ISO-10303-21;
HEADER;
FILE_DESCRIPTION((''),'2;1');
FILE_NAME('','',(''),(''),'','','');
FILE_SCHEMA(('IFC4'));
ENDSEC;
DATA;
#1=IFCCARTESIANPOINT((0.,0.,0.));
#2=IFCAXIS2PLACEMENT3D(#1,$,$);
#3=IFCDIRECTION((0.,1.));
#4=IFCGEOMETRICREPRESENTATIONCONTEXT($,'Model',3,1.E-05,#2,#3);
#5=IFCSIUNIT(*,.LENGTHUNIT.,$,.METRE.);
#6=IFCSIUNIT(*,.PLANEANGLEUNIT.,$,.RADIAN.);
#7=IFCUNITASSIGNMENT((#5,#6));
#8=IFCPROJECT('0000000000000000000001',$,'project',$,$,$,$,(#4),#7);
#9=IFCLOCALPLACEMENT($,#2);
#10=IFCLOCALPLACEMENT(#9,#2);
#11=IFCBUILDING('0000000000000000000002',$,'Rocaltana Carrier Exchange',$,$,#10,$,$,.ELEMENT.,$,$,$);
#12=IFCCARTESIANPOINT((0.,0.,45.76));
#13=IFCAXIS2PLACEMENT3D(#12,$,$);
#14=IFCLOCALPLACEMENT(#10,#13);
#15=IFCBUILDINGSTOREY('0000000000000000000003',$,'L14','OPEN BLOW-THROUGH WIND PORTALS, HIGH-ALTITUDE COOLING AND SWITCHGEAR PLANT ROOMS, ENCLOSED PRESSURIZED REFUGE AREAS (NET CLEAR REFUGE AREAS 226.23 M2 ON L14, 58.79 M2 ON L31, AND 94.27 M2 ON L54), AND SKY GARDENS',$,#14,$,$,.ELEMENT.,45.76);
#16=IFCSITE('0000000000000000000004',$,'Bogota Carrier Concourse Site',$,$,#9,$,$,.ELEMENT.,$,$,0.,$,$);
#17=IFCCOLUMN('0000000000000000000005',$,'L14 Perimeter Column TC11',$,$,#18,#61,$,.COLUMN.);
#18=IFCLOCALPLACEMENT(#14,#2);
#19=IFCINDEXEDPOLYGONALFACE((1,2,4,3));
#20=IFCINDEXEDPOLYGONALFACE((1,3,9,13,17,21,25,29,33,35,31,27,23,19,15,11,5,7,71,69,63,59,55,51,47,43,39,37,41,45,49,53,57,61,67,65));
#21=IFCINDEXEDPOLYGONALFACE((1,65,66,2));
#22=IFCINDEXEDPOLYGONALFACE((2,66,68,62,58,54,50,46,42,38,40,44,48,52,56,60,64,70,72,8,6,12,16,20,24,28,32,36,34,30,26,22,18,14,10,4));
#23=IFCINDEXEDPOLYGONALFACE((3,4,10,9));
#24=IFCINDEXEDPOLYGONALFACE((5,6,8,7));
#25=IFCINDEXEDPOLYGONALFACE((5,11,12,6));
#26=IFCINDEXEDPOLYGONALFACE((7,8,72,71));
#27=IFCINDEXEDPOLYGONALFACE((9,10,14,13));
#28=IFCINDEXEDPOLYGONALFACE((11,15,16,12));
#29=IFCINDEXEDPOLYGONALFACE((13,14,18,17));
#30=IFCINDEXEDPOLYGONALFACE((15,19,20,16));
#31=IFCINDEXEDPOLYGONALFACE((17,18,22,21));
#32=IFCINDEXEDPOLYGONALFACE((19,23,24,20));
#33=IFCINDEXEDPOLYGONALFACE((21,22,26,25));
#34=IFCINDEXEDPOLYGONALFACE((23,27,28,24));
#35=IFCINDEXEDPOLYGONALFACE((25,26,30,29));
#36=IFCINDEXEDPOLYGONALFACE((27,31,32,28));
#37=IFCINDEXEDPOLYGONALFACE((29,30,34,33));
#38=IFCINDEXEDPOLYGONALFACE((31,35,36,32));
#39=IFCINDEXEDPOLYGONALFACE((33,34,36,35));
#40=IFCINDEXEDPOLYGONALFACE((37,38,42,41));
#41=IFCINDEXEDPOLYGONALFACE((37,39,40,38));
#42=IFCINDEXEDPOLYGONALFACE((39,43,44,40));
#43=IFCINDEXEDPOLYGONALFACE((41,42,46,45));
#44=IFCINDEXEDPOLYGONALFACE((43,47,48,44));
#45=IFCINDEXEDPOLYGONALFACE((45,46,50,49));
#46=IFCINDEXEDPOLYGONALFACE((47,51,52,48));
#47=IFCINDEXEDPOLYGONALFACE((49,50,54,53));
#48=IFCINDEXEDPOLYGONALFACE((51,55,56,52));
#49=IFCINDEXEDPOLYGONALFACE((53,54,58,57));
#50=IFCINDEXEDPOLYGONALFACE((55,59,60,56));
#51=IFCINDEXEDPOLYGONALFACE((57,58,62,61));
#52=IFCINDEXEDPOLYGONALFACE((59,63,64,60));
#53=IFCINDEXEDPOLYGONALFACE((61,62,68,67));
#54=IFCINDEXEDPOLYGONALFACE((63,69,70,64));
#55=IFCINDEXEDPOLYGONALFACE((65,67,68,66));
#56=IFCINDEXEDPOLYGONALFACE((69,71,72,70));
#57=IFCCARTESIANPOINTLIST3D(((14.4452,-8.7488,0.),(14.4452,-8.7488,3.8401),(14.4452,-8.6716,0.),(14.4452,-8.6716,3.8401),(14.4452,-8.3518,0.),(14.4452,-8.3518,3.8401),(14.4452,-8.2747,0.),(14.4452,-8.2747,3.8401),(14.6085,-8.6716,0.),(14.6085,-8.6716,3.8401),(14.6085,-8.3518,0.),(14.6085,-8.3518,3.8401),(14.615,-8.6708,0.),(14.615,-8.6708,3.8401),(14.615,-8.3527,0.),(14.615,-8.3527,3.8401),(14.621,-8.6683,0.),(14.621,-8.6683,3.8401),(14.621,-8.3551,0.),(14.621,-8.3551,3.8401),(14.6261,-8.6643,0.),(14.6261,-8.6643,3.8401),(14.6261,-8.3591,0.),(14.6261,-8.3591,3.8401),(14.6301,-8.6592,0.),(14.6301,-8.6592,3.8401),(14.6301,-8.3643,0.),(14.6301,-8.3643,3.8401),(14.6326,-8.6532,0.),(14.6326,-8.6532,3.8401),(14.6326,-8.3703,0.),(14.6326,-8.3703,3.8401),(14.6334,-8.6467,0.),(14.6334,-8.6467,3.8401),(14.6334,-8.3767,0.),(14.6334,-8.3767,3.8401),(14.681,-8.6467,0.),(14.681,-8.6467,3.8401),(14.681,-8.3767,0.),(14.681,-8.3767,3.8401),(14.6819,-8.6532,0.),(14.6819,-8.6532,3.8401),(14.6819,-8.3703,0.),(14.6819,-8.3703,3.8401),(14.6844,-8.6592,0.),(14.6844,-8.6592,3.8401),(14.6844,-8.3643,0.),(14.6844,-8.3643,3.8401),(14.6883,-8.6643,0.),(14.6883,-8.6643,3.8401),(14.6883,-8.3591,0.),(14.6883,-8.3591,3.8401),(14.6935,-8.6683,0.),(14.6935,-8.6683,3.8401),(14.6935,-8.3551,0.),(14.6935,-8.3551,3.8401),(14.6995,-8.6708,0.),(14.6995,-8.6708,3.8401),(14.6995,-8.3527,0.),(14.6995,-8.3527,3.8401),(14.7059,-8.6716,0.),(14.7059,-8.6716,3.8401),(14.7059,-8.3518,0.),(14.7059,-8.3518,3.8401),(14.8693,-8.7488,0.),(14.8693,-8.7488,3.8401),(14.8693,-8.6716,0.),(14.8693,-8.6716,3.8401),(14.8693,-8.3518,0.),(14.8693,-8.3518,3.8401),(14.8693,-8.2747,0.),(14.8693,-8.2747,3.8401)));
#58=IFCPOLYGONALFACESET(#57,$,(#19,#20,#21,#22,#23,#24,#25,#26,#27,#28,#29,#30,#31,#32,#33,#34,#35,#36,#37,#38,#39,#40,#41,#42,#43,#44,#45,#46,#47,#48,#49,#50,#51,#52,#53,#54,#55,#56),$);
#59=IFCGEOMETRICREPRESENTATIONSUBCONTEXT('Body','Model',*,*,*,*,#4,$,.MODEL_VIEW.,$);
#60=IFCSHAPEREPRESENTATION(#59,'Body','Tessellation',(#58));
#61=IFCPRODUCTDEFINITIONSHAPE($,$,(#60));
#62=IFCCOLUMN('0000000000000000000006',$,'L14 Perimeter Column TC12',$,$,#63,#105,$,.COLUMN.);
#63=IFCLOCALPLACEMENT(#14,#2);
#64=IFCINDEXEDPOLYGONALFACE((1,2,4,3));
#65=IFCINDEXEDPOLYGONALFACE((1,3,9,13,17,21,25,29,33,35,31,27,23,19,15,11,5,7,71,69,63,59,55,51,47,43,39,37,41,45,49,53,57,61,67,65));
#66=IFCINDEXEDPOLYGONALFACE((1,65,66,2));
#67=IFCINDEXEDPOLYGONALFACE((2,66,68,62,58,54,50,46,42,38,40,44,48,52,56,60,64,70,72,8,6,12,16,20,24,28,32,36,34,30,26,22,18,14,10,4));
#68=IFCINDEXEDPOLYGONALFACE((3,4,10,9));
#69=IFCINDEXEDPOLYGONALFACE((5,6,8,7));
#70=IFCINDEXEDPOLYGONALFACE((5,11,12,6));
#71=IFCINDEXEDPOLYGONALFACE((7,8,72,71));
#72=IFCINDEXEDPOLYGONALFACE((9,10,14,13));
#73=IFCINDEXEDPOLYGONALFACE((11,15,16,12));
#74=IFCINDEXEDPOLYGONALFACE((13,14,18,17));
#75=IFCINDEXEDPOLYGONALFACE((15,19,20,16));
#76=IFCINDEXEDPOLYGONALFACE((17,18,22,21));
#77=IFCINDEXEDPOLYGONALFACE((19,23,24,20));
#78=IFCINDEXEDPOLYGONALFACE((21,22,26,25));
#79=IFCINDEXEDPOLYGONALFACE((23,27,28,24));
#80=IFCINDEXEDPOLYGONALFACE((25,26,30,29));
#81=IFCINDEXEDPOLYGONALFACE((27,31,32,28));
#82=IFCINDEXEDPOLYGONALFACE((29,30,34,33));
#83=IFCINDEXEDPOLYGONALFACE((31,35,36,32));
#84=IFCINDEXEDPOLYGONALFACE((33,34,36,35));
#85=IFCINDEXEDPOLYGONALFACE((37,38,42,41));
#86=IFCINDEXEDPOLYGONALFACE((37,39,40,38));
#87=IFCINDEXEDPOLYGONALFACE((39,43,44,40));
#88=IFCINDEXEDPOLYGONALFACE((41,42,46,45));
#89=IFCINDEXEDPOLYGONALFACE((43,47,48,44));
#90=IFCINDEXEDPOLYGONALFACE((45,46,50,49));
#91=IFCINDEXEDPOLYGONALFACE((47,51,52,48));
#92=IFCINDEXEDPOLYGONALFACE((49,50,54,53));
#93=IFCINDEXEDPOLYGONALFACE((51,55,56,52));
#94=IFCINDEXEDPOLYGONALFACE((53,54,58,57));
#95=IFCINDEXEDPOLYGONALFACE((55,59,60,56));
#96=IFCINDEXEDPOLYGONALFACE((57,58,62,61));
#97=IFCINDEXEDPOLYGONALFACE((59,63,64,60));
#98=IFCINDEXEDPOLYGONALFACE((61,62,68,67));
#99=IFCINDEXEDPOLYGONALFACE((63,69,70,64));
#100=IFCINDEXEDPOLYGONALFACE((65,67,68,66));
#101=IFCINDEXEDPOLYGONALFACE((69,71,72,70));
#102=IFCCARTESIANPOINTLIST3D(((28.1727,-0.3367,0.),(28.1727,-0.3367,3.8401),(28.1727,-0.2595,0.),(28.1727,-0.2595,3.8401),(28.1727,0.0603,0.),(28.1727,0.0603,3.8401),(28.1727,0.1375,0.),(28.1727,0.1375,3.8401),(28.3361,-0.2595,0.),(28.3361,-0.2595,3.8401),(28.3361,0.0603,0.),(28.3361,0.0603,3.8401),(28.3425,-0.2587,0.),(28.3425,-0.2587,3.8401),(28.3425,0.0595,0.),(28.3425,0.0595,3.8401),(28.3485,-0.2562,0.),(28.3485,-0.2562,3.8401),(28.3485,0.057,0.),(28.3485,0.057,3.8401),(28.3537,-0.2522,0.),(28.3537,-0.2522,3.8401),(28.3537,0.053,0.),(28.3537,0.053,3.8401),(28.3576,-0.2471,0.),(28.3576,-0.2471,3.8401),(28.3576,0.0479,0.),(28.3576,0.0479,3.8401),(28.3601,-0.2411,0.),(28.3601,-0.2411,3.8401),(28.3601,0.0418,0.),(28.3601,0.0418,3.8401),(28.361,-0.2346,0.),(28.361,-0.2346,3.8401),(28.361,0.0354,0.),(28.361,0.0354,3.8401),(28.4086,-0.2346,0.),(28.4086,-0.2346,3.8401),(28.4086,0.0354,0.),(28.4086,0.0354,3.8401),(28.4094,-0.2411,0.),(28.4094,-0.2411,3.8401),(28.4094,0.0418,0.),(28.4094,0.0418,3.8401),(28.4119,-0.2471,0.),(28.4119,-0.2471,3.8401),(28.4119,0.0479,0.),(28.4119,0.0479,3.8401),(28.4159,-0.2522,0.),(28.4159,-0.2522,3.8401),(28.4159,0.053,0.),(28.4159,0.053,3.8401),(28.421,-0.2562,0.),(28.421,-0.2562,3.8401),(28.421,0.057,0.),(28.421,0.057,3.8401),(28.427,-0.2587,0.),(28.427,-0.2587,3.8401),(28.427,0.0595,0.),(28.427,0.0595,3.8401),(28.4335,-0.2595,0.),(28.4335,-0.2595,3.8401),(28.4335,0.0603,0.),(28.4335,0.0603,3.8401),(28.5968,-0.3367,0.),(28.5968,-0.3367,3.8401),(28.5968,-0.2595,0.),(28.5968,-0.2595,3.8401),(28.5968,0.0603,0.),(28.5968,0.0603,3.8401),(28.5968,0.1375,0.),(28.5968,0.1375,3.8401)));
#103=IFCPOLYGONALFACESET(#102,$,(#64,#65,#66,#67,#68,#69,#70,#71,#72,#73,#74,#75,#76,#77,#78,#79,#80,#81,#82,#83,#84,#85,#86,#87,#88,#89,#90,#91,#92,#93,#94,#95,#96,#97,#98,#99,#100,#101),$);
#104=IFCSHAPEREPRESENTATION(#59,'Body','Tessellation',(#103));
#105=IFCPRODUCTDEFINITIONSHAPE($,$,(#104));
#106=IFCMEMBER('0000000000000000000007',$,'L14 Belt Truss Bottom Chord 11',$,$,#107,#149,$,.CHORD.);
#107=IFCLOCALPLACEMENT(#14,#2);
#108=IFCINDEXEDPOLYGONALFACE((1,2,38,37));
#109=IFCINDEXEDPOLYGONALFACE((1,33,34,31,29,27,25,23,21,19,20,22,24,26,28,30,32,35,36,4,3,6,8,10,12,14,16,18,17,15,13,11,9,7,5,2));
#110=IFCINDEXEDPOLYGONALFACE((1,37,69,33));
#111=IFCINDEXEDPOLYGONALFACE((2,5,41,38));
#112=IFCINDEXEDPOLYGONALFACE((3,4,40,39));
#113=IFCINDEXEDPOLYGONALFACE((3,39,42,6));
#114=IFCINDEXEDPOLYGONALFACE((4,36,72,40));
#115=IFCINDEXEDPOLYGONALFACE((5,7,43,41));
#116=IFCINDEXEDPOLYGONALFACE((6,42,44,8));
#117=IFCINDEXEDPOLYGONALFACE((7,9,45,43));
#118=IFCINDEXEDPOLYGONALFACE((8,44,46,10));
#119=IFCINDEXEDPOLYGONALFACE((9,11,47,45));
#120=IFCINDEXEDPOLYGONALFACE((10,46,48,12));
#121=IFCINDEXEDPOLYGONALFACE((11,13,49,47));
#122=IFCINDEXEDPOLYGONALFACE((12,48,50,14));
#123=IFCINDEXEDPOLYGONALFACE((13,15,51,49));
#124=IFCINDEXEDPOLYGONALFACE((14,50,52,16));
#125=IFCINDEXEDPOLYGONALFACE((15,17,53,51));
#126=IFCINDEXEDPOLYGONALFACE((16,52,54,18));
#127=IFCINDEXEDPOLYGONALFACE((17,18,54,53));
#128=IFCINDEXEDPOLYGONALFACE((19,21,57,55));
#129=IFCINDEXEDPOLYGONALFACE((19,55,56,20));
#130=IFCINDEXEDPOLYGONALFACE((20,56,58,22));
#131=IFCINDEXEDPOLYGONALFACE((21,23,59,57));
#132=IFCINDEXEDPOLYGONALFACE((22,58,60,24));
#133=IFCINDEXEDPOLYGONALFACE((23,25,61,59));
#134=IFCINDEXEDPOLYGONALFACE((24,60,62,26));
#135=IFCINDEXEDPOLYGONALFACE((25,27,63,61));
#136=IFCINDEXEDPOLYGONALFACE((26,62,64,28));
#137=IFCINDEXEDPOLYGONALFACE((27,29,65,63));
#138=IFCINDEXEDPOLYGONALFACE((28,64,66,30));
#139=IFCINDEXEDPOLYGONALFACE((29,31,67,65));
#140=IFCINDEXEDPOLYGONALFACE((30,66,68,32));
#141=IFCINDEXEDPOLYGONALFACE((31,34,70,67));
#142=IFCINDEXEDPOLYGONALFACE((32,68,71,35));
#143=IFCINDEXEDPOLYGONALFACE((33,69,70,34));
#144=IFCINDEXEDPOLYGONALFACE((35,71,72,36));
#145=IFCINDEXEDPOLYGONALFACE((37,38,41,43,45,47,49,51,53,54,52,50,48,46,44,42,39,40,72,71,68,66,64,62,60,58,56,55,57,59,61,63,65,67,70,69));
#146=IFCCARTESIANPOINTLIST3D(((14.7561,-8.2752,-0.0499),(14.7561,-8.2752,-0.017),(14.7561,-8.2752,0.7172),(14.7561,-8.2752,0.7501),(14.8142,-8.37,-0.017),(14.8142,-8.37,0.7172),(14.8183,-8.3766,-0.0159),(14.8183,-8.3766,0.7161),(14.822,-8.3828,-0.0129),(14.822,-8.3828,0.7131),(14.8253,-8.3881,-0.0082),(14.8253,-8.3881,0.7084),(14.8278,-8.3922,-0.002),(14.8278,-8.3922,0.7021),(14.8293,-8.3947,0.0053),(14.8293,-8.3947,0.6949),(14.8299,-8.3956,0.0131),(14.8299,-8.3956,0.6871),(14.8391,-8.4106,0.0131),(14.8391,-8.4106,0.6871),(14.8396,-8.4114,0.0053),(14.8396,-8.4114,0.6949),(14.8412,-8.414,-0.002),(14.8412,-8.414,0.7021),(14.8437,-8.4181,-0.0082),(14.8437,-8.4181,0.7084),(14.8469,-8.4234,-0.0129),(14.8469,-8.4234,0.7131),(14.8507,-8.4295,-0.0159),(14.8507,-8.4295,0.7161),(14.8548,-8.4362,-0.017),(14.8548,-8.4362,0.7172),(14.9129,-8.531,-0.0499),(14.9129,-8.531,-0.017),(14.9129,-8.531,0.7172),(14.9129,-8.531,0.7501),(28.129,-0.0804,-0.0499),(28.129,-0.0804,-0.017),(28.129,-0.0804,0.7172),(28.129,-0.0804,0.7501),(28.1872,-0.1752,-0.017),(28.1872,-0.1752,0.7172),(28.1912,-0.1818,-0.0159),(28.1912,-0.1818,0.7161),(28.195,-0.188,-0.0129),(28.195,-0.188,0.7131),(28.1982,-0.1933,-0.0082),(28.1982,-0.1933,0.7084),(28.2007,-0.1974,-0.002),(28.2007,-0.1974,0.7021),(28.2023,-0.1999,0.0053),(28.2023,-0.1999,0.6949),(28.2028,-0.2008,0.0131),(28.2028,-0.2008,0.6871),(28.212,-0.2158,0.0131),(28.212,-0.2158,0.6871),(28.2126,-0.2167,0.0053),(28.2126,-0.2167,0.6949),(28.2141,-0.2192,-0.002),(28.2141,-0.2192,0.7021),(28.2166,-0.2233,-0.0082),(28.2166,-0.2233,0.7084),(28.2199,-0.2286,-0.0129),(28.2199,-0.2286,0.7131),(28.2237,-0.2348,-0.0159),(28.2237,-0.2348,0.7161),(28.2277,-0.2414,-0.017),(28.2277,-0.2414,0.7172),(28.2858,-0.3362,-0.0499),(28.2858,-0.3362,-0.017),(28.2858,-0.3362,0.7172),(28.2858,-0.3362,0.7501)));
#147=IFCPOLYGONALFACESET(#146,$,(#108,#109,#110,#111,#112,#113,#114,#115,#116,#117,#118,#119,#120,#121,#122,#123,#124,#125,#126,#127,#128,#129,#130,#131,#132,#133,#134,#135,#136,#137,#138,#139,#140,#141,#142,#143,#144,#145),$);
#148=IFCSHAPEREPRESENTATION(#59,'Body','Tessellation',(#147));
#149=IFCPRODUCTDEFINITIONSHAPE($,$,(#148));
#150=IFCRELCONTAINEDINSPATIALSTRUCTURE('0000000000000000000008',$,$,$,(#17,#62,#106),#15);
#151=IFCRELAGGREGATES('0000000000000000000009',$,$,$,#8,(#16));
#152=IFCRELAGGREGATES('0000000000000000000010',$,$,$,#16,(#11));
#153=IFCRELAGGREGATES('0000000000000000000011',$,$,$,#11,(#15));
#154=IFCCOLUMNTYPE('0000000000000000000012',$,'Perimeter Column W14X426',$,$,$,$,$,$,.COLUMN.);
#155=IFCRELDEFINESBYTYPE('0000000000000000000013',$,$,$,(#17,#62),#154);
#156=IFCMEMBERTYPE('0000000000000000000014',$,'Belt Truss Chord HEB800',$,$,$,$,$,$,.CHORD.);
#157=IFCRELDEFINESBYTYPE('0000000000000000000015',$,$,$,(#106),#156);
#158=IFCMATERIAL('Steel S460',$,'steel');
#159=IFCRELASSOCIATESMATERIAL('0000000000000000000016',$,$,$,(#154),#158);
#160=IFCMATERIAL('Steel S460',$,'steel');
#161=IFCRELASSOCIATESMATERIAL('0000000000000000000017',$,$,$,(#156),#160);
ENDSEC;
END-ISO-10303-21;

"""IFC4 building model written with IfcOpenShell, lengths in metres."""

from ifc_helpers import new_model, si_unit, direction, frame, origin, origin_2d, place, context, subcontext, project, spatial, i_section, extrude, material, material_profile, profile_set, type_object, element, save


model = new_model("IFC4")

# Units and contexts
model_context = context("Model", 3, precision=1e-05, world=origin(), true_north=direction((0.0, 1.0)))
body_context = subcontext(model_context, "Body", "Model", "MODEL_VIEW")
ifc_project = project(units=[si_unit("LENGTHUNIT", "METRE"), si_unit("PLANEANGLEUNIT", "RADIAN")], contexts=[model_context])

# Site, building, storey
site_placement = place(None, origin())
site = spatial("IfcSite", under=ifc_project, at=site_placement, Name="Bogota Carrier Concourse Site", CompositionType="ELEMENT", RefElevation=0.0)
building_placement = place(site_placement, origin())
building = spatial("IfcBuilding", under=site, at=building_placement, Name="Rocaltana Carrier Exchange", CompositionType="ELEMENT")
storey_placement = place(building_placement, frame((0.0, 0.0, 45.76)))
storey = spatial("IfcBuildingStorey", under=building, at=storey_placement, Name="L14", Description="OPEN BLOW-THROUGH WIND PORTALS, HIGH-ALTITUDE COOLING AND SWITCHGEAR PLANT ROOMS, ENCLOSED PRESSURIZED REFUGE AREAS (NET CLEAR REFUGE AREAS 226.23 M2 ON L14, 58.79 M2 ON L31, AND 94.27 M2 ON L54), AND SKY GARDENS", CompositionType="ELEMENT", Elevation=45.76)

# Columns
ifc_material_1 = material(Name="Steel S460", Category="steel")
ifc_material_profile_1 = material_profile(ifc_material_1, i_section(OverallWidth=0.4241, OverallDepth=0.4741, WebThickness=0.0476, FlangeThickness=0.0771, FilletRadius=0.0249, at=origin_2d()), Name="W14X426")
ifc_profile_set_1 = profile_set([ifc_material_profile_1], Name="Steel S460")
column_type = type_object("IfcColumnType", Name="Perimeter Column W14X426", PredefinedType="COLUMN", material=ifc_profile_set_1)
for number, where, z_axis, x_axis, name in (
    (1, (14.6572, -8.5117, 0.0), (0.0, 0.0, 1.0), (1.0, 0.0, 0.0), "L14 Perimeter Column TC11"),
    (2, (28.3848, -0.0996, 0.0), (0.0, 0.0, 1.0), (1.0, 0.0, 0.0), "L14 Perimeter Column TC12"),
):
    element("IfcColumn", number, at=place(storey_placement, frame(where, z_axis=z_axis, x_axis=x_axis)), inside=storey, type_object=column_type, Name=name, PredefinedType="COLUMN", context=body_context, shape_type="SweptSolid", body=[
        extrude(i_section(OverallWidth=0.4241, OverallDepth=0.4741, WebThickness=0.0476, FlangeThickness=0.0771, FilletRadius=0.0249, at=origin_2d()), origin(), (0.0, 0.0, 1.0), 3.8401),
    ])

# Member
ifc_material_2 = material(Name="Steel S460", Category="steel")
ifc_material_profile_2 = material_profile(ifc_material_2, i_section(OverallWidth=0.3, OverallDepth=0.8, WebThickness=0.0176, FlangeThickness=0.033, FilletRadius=0.03, at=origin_2d()), Name="HEB800")
ifc_profile_set_2 = profile_set([ifc_material_profile_2], Name="Steel S460")
member_type_1 = type_object("IfcMemberType", Name="Belt Truss Chord HEB800", PredefinedType="CHORD", material=ifc_profile_set_2)
member_1_placement = place(storey_placement, frame((14.8345, -8.4031, 0.3501), z_axis=(0.852646, 0.52249, 0.0), x_axis=(-0.52249, 0.852646, 0.0)))
element("IfcMember", 3, at=member_1_placement, inside=storey, type_object=member_type_1, Name="L14 Belt Truss Bottom Chord 11", PredefinedType="CHORD", context=body_context, shape_type="SweptSolid", body=[
    extrude(i_section(OverallWidth=0.3, OverallDepth=0.8, WebThickness=0.0176, FlangeThickness=0.033, FilletRadius=0.03, at=origin_2d()), origin(), (0.0, 0.0, 1.0), 15.6841),
])

save(model, "model.ifc")
